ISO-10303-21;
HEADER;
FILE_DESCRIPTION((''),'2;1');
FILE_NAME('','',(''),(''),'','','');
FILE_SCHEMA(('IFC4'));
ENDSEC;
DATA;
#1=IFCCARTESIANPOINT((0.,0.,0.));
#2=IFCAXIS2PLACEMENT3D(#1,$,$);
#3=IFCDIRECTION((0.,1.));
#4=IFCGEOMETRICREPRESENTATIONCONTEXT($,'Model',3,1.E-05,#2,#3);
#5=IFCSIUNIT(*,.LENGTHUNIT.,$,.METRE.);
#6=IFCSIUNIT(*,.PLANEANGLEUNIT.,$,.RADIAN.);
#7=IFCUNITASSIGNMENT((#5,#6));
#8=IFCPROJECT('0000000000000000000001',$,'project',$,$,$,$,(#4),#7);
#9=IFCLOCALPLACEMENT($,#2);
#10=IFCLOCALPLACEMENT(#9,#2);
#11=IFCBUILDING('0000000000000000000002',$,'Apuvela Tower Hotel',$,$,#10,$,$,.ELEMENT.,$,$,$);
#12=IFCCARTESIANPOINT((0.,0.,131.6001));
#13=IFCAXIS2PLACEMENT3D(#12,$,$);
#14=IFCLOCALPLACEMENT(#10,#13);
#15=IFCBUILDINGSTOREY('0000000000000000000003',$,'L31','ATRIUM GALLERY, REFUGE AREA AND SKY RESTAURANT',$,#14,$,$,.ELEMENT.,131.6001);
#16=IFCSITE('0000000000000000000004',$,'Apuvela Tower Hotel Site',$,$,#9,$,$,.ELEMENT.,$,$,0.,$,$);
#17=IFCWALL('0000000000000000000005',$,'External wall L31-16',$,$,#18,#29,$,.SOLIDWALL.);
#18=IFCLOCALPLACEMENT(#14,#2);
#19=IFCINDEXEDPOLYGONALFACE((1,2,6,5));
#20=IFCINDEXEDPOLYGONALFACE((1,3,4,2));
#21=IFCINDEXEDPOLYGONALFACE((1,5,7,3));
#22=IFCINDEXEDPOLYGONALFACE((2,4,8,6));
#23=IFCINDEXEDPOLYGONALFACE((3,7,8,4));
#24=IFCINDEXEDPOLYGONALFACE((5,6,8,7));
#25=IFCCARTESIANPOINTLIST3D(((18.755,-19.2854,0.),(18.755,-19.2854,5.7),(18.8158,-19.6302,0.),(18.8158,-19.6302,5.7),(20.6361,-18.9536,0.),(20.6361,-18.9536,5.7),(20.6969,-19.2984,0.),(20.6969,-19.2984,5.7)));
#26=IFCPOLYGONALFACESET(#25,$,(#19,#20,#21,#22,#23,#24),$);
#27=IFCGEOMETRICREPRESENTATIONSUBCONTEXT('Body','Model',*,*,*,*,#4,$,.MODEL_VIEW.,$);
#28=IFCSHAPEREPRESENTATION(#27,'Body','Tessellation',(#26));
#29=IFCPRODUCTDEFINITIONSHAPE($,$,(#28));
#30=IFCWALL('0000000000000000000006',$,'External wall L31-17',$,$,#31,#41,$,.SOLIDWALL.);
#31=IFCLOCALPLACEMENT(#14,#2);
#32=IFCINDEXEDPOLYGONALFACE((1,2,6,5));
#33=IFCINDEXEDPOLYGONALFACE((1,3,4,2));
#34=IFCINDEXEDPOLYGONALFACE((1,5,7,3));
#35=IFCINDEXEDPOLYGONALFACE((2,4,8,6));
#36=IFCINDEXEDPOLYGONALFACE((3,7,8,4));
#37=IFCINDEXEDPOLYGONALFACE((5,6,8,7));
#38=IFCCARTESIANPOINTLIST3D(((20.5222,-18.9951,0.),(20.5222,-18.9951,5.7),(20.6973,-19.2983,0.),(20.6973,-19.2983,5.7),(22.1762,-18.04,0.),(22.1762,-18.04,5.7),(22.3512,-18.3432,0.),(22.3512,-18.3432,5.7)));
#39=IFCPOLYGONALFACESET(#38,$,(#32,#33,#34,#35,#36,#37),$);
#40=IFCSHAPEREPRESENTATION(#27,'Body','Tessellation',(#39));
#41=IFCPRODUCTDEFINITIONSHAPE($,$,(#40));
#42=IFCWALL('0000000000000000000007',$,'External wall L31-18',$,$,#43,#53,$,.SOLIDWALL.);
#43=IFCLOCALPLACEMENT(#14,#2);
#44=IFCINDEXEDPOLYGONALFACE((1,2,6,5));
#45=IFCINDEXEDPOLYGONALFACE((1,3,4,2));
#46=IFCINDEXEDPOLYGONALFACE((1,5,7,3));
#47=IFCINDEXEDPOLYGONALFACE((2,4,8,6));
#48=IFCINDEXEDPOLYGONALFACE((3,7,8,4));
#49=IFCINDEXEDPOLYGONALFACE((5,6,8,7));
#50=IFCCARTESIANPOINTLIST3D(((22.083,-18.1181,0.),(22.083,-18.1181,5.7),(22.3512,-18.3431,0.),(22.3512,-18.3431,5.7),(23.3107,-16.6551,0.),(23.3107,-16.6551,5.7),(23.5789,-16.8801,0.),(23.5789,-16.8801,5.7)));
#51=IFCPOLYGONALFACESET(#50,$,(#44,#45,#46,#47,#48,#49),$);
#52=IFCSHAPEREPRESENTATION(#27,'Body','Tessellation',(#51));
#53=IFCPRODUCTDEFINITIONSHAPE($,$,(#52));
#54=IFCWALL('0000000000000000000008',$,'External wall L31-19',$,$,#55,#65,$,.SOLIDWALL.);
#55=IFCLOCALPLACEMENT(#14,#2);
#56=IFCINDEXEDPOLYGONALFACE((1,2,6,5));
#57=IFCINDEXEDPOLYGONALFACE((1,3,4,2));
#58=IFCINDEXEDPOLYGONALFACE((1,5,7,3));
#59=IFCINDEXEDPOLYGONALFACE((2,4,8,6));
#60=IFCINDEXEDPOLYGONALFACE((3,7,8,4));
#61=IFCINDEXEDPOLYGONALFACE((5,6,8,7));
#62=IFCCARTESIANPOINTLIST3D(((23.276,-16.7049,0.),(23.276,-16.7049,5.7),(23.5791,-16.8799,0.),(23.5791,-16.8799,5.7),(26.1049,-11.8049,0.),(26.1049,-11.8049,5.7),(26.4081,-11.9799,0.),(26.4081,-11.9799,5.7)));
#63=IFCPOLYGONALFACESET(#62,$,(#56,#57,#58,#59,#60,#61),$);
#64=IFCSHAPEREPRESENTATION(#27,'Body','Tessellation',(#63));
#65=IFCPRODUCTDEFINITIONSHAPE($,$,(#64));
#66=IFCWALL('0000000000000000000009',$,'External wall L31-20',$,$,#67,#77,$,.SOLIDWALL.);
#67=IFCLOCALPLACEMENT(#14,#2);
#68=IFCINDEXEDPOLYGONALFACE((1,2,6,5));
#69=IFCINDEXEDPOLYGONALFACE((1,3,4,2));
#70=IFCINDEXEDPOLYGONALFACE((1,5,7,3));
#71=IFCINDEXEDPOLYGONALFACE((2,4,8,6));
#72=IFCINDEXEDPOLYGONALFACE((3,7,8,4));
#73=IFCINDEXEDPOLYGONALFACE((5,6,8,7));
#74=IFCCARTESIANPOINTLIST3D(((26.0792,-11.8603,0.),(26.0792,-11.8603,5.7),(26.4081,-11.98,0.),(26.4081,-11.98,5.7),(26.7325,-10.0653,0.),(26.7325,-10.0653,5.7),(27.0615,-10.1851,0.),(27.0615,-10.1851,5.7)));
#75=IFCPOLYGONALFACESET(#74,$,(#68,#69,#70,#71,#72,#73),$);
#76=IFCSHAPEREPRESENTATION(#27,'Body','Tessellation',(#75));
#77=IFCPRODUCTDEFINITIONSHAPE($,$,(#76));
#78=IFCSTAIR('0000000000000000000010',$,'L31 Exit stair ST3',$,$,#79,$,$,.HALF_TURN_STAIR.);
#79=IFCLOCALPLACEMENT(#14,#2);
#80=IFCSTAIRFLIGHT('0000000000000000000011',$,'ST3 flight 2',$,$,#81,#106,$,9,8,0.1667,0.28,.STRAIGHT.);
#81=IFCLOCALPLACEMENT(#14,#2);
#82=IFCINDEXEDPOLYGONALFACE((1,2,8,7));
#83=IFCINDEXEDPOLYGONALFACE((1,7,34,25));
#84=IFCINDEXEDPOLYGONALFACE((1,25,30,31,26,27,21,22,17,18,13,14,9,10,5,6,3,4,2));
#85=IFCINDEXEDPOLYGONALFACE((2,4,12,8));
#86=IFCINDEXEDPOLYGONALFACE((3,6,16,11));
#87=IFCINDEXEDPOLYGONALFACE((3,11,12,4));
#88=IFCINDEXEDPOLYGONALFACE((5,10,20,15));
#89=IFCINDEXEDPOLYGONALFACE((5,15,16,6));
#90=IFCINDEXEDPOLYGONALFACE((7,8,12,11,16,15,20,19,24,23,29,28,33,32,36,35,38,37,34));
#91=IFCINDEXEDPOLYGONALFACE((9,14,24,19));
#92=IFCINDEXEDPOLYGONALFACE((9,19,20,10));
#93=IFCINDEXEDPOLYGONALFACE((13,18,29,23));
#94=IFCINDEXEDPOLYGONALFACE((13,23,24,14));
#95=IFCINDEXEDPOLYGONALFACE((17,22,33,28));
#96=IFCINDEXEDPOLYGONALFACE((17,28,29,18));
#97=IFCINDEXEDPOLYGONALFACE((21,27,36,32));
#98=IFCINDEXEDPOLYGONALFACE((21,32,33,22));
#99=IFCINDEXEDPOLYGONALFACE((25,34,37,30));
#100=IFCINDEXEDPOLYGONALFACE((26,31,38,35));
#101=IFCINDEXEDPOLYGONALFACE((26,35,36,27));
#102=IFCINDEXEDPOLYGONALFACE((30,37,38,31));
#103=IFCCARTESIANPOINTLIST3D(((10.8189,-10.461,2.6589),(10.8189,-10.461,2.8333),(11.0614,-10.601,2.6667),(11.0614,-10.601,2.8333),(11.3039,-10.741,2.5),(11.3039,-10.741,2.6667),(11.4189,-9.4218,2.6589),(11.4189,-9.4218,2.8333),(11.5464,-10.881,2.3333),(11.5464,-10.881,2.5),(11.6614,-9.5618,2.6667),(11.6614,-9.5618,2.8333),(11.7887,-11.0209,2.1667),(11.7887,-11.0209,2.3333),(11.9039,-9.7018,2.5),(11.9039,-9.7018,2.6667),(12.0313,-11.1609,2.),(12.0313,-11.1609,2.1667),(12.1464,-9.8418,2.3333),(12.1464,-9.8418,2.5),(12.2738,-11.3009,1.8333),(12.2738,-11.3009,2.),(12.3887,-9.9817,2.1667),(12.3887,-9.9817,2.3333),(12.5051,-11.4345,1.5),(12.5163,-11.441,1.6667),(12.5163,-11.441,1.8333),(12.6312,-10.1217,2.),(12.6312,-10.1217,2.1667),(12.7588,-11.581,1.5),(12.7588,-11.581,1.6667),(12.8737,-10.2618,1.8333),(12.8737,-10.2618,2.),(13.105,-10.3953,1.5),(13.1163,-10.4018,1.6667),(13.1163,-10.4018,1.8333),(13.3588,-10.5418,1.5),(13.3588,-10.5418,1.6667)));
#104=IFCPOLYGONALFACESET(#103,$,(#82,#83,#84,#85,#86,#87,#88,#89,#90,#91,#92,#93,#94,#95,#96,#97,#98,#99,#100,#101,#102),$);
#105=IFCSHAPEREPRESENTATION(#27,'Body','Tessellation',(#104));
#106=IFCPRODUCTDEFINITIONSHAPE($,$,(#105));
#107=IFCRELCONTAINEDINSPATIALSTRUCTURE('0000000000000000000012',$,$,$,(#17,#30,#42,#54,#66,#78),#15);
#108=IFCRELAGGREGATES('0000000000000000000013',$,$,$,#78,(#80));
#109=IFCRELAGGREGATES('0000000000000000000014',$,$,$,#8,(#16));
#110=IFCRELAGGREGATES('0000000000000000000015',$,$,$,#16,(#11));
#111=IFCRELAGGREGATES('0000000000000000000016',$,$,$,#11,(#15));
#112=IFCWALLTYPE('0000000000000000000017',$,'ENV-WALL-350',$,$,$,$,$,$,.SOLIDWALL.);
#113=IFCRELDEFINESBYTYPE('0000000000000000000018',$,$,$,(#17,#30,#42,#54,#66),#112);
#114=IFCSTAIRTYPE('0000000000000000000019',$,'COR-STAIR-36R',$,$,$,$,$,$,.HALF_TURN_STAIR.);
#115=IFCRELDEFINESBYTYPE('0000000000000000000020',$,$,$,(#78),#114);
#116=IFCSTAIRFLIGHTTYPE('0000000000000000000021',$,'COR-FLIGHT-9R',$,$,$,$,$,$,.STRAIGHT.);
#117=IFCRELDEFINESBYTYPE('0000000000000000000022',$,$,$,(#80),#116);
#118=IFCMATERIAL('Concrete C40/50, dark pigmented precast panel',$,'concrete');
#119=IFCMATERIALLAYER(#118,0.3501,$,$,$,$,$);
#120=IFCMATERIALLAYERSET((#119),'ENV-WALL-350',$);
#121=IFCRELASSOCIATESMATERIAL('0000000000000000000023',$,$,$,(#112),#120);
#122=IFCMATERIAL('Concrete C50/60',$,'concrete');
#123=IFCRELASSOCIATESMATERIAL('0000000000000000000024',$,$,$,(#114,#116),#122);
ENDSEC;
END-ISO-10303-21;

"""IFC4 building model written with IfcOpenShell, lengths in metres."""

from ifc_helpers import new_model, si_unit, direction, frame, frame_2d, origin, place, context, subcontext, project, spatial, polyline, rectangle, outline, extrude, material, layer, layer_set, type_object, element, aggregate, save


model = new_model("IFC4")

# Units and contexts
model_context = context("Model", 3, precision=1e-05, world=origin(), true_north=direction((0.0, 1.0)))
body_context = subcontext(model_context, "Body", "Model", "MODEL_VIEW")
ifc_project = project(units=[si_unit("LENGTHUNIT", "METRE"), si_unit("PLANEANGLEUNIT", "RADIAN")], contexts=[model_context])

# Site, building, storey
site_placement = place(None, origin())
site = spatial("IfcSite", under=ifc_project, at=site_placement, Name="Apuvela Tower Hotel Site", CompositionType="ELEMENT", RefElevation=0.0)
building_placement = place(site_placement, origin())
building = spatial("IfcBuilding", under=site, at=building_placement, Name="Apuvela Tower Hotel", CompositionType="ELEMENT")
storey_placement = place(building_placement, frame((0.0, 0.0, 131.6001)))
storey = spatial("IfcBuildingStorey", under=building, at=storey_placement, Name="L31", Description="ATRIUM GALLERY, REFUGE AREA AND SKY RESTAURANT", CompositionType="ELEMENT", Elevation=131.6001)

# Shared definitions
ifc_material_1 = material(Name="Concrete C50/60", Category="concrete")

# Walls
ifc_material_2 = material(Name="Concrete C40/50, dark pigmented precast panel", Category="concrete")
ifc_layer_1 = layer(ifc_material_2, 0.3501)
ifc_layer_set_1 = layer_set([ifc_layer_1], Name="ENV-WALL-350")
wall_type_1 = type_object("IfcWallType", Name="ENV-WALL-350", PredefinedType="SOLIDWALL", material=ifc_layer_set_1)
wall_1_placement = place(storey_placement, frame((18.7854, -19.4578, 0.0), z_axis=(0.0, 0.0, 1.0), x_axis=(0.984799, 0.173698, 0.0)))
element("IfcWall", 1, at=wall_1_placement, inside=storey, type_object=wall_type_1, Name="External wall L31-16", PredefinedType="SOLIDWALL", context=body_context, shape_type="SweptSolid", body=[
    extrude(rectangle(XDim=1.9102, YDim=0.3501, at=frame_2d((0.9551, 0.0))), origin(), (0.0, 0.0, 1.0), 5.7),
])
for number, where, z_axis, x_axis, name in (
    (2, (20.6096, -19.1467, 0.0), (0.0, 0.0, 1.0), (0.866, 0.500043, 0.0), "External wall L31-17"),
    (3, (22.217, -18.2307, 0.0), (0.0, 0.0, 1.0), (0.642808, 0.766027, 0.0), "External wall L31-18"),
):
    element("IfcWall", number, at=place(storey_placement, frame(where, z_axis=z_axis, x_axis=x_axis)), inside=storey, type_object=wall_type_1, Name=name, PredefinedType="SOLIDWALL", context=body_context, shape_type="SweptSolid", body=[
        extrude(rectangle(XDim=1.9099, YDim=0.3501, at=frame_2d((0.9551, 0.0))), origin(), (0.0, 0.0, 1.0), 5.7),
    ])
wall_2_placement = place(storey_placement, frame((23.4275, -16.7925, 0.0), z_axis=(0.0, 0.0, 1.0), x_axis=(0.499986, 0.866033, 0.0)))
element("IfcWall", 4, at=wall_2_placement, inside=storey, type_object=wall_type_1, Name="External wall L31-19", PredefinedType="SOLIDWALL", context=body_context, shape_type="SweptSolid", body=[
    extrude(rectangle(XDim=5.658, YDim=0.3501, at=frame_2d((2.8291, 0.0))), origin(), (0.0, 0.0, 1.0), 5.7),
])
wall_3_placement = place(storey_placement, frame((26.2437, -11.9202, 0.0), z_axis=(0.0, 0.0, 1.0), x_axis=(0.34203, 0.939689, 0.0)))
element("IfcWall", 5, at=wall_3_placement, inside=storey, type_object=wall_type_1, Name="External wall L31-20", PredefinedType="SOLIDWALL", context=body_context, shape_type="SweptSolid", body=[
    extrude(rectangle(XDim=1.9102, YDim=0.3501, at=frame_2d((0.9551, 0.0))), origin(), (0.0, 0.0, 1.0), 5.7),
])

# Stair, stair flight
stair_type = type_object("IfcStairType", Name="COR-STAIR-36R", PredefinedType="HALF_TURN_STAIR", material=ifc_material_1)
stair_placement = place(storey_placement, origin())
stair = element("IfcStair", 6, at=stair_placement, inside=storey, type_object=stair_type, Name="L31 Exit stair ST3", PredefinedType="HALF_TURN_STAIR")
stair_flight_type = type_object("IfcStairFlightType", Name="COR-FLIGHT-9R", PredefinedType="STRAIGHT", material=ifc_material_1)
stair_flight_placement = place(storey_placement, frame((13.0588, -11.0613, 1.5), z_axis=(0.0, 0.0, 1.0), x_axis=(-0.866025, 0.5, 0.0)))
stair_flight = element("IfcStairFlight", 7, at=stair_flight_placement, type_object=stair_flight_type, Name="ST3 flight 2", NumberOfRisers=9, NumberOfTreads=8, PredefinedType="STRAIGHT", RiserHeight=0.1667, TreadLength=0.28, context=body_context, shape_type="SweptSolid", body=[
    extrude(outline(polyline([(0.0, 0.0), (0.0, 0.1667), (0.28, 0.1667), (0.28, 0.3333), (0.5601, 0.3333), (0.5601, 0.5), (0.8401, 0.5), (0.8401, 0.6667), (1.1201, 0.6667), (1.1201, 0.8333), (1.3999, 0.8333), (1.3999, 1.0), (1.6799, 1.0), (1.6799, 1.1667), (1.96, 1.1667), (1.96, 1.3333), (2.24, 1.3333), (2.24, 1.5), (2.24, 1.1589), (0.293, 0.0), (0.0, 0.0)])), frame((0.0, 0.6001, 0.0), z_axis=(0.0, -1.0, 0.0), x_axis=(1.0, 0.0, 0.0)), (0.0, 0.0, 1.0), 1.2),
])
aggregate(stair, [stair_flight])

save(model, "model.ifc")
